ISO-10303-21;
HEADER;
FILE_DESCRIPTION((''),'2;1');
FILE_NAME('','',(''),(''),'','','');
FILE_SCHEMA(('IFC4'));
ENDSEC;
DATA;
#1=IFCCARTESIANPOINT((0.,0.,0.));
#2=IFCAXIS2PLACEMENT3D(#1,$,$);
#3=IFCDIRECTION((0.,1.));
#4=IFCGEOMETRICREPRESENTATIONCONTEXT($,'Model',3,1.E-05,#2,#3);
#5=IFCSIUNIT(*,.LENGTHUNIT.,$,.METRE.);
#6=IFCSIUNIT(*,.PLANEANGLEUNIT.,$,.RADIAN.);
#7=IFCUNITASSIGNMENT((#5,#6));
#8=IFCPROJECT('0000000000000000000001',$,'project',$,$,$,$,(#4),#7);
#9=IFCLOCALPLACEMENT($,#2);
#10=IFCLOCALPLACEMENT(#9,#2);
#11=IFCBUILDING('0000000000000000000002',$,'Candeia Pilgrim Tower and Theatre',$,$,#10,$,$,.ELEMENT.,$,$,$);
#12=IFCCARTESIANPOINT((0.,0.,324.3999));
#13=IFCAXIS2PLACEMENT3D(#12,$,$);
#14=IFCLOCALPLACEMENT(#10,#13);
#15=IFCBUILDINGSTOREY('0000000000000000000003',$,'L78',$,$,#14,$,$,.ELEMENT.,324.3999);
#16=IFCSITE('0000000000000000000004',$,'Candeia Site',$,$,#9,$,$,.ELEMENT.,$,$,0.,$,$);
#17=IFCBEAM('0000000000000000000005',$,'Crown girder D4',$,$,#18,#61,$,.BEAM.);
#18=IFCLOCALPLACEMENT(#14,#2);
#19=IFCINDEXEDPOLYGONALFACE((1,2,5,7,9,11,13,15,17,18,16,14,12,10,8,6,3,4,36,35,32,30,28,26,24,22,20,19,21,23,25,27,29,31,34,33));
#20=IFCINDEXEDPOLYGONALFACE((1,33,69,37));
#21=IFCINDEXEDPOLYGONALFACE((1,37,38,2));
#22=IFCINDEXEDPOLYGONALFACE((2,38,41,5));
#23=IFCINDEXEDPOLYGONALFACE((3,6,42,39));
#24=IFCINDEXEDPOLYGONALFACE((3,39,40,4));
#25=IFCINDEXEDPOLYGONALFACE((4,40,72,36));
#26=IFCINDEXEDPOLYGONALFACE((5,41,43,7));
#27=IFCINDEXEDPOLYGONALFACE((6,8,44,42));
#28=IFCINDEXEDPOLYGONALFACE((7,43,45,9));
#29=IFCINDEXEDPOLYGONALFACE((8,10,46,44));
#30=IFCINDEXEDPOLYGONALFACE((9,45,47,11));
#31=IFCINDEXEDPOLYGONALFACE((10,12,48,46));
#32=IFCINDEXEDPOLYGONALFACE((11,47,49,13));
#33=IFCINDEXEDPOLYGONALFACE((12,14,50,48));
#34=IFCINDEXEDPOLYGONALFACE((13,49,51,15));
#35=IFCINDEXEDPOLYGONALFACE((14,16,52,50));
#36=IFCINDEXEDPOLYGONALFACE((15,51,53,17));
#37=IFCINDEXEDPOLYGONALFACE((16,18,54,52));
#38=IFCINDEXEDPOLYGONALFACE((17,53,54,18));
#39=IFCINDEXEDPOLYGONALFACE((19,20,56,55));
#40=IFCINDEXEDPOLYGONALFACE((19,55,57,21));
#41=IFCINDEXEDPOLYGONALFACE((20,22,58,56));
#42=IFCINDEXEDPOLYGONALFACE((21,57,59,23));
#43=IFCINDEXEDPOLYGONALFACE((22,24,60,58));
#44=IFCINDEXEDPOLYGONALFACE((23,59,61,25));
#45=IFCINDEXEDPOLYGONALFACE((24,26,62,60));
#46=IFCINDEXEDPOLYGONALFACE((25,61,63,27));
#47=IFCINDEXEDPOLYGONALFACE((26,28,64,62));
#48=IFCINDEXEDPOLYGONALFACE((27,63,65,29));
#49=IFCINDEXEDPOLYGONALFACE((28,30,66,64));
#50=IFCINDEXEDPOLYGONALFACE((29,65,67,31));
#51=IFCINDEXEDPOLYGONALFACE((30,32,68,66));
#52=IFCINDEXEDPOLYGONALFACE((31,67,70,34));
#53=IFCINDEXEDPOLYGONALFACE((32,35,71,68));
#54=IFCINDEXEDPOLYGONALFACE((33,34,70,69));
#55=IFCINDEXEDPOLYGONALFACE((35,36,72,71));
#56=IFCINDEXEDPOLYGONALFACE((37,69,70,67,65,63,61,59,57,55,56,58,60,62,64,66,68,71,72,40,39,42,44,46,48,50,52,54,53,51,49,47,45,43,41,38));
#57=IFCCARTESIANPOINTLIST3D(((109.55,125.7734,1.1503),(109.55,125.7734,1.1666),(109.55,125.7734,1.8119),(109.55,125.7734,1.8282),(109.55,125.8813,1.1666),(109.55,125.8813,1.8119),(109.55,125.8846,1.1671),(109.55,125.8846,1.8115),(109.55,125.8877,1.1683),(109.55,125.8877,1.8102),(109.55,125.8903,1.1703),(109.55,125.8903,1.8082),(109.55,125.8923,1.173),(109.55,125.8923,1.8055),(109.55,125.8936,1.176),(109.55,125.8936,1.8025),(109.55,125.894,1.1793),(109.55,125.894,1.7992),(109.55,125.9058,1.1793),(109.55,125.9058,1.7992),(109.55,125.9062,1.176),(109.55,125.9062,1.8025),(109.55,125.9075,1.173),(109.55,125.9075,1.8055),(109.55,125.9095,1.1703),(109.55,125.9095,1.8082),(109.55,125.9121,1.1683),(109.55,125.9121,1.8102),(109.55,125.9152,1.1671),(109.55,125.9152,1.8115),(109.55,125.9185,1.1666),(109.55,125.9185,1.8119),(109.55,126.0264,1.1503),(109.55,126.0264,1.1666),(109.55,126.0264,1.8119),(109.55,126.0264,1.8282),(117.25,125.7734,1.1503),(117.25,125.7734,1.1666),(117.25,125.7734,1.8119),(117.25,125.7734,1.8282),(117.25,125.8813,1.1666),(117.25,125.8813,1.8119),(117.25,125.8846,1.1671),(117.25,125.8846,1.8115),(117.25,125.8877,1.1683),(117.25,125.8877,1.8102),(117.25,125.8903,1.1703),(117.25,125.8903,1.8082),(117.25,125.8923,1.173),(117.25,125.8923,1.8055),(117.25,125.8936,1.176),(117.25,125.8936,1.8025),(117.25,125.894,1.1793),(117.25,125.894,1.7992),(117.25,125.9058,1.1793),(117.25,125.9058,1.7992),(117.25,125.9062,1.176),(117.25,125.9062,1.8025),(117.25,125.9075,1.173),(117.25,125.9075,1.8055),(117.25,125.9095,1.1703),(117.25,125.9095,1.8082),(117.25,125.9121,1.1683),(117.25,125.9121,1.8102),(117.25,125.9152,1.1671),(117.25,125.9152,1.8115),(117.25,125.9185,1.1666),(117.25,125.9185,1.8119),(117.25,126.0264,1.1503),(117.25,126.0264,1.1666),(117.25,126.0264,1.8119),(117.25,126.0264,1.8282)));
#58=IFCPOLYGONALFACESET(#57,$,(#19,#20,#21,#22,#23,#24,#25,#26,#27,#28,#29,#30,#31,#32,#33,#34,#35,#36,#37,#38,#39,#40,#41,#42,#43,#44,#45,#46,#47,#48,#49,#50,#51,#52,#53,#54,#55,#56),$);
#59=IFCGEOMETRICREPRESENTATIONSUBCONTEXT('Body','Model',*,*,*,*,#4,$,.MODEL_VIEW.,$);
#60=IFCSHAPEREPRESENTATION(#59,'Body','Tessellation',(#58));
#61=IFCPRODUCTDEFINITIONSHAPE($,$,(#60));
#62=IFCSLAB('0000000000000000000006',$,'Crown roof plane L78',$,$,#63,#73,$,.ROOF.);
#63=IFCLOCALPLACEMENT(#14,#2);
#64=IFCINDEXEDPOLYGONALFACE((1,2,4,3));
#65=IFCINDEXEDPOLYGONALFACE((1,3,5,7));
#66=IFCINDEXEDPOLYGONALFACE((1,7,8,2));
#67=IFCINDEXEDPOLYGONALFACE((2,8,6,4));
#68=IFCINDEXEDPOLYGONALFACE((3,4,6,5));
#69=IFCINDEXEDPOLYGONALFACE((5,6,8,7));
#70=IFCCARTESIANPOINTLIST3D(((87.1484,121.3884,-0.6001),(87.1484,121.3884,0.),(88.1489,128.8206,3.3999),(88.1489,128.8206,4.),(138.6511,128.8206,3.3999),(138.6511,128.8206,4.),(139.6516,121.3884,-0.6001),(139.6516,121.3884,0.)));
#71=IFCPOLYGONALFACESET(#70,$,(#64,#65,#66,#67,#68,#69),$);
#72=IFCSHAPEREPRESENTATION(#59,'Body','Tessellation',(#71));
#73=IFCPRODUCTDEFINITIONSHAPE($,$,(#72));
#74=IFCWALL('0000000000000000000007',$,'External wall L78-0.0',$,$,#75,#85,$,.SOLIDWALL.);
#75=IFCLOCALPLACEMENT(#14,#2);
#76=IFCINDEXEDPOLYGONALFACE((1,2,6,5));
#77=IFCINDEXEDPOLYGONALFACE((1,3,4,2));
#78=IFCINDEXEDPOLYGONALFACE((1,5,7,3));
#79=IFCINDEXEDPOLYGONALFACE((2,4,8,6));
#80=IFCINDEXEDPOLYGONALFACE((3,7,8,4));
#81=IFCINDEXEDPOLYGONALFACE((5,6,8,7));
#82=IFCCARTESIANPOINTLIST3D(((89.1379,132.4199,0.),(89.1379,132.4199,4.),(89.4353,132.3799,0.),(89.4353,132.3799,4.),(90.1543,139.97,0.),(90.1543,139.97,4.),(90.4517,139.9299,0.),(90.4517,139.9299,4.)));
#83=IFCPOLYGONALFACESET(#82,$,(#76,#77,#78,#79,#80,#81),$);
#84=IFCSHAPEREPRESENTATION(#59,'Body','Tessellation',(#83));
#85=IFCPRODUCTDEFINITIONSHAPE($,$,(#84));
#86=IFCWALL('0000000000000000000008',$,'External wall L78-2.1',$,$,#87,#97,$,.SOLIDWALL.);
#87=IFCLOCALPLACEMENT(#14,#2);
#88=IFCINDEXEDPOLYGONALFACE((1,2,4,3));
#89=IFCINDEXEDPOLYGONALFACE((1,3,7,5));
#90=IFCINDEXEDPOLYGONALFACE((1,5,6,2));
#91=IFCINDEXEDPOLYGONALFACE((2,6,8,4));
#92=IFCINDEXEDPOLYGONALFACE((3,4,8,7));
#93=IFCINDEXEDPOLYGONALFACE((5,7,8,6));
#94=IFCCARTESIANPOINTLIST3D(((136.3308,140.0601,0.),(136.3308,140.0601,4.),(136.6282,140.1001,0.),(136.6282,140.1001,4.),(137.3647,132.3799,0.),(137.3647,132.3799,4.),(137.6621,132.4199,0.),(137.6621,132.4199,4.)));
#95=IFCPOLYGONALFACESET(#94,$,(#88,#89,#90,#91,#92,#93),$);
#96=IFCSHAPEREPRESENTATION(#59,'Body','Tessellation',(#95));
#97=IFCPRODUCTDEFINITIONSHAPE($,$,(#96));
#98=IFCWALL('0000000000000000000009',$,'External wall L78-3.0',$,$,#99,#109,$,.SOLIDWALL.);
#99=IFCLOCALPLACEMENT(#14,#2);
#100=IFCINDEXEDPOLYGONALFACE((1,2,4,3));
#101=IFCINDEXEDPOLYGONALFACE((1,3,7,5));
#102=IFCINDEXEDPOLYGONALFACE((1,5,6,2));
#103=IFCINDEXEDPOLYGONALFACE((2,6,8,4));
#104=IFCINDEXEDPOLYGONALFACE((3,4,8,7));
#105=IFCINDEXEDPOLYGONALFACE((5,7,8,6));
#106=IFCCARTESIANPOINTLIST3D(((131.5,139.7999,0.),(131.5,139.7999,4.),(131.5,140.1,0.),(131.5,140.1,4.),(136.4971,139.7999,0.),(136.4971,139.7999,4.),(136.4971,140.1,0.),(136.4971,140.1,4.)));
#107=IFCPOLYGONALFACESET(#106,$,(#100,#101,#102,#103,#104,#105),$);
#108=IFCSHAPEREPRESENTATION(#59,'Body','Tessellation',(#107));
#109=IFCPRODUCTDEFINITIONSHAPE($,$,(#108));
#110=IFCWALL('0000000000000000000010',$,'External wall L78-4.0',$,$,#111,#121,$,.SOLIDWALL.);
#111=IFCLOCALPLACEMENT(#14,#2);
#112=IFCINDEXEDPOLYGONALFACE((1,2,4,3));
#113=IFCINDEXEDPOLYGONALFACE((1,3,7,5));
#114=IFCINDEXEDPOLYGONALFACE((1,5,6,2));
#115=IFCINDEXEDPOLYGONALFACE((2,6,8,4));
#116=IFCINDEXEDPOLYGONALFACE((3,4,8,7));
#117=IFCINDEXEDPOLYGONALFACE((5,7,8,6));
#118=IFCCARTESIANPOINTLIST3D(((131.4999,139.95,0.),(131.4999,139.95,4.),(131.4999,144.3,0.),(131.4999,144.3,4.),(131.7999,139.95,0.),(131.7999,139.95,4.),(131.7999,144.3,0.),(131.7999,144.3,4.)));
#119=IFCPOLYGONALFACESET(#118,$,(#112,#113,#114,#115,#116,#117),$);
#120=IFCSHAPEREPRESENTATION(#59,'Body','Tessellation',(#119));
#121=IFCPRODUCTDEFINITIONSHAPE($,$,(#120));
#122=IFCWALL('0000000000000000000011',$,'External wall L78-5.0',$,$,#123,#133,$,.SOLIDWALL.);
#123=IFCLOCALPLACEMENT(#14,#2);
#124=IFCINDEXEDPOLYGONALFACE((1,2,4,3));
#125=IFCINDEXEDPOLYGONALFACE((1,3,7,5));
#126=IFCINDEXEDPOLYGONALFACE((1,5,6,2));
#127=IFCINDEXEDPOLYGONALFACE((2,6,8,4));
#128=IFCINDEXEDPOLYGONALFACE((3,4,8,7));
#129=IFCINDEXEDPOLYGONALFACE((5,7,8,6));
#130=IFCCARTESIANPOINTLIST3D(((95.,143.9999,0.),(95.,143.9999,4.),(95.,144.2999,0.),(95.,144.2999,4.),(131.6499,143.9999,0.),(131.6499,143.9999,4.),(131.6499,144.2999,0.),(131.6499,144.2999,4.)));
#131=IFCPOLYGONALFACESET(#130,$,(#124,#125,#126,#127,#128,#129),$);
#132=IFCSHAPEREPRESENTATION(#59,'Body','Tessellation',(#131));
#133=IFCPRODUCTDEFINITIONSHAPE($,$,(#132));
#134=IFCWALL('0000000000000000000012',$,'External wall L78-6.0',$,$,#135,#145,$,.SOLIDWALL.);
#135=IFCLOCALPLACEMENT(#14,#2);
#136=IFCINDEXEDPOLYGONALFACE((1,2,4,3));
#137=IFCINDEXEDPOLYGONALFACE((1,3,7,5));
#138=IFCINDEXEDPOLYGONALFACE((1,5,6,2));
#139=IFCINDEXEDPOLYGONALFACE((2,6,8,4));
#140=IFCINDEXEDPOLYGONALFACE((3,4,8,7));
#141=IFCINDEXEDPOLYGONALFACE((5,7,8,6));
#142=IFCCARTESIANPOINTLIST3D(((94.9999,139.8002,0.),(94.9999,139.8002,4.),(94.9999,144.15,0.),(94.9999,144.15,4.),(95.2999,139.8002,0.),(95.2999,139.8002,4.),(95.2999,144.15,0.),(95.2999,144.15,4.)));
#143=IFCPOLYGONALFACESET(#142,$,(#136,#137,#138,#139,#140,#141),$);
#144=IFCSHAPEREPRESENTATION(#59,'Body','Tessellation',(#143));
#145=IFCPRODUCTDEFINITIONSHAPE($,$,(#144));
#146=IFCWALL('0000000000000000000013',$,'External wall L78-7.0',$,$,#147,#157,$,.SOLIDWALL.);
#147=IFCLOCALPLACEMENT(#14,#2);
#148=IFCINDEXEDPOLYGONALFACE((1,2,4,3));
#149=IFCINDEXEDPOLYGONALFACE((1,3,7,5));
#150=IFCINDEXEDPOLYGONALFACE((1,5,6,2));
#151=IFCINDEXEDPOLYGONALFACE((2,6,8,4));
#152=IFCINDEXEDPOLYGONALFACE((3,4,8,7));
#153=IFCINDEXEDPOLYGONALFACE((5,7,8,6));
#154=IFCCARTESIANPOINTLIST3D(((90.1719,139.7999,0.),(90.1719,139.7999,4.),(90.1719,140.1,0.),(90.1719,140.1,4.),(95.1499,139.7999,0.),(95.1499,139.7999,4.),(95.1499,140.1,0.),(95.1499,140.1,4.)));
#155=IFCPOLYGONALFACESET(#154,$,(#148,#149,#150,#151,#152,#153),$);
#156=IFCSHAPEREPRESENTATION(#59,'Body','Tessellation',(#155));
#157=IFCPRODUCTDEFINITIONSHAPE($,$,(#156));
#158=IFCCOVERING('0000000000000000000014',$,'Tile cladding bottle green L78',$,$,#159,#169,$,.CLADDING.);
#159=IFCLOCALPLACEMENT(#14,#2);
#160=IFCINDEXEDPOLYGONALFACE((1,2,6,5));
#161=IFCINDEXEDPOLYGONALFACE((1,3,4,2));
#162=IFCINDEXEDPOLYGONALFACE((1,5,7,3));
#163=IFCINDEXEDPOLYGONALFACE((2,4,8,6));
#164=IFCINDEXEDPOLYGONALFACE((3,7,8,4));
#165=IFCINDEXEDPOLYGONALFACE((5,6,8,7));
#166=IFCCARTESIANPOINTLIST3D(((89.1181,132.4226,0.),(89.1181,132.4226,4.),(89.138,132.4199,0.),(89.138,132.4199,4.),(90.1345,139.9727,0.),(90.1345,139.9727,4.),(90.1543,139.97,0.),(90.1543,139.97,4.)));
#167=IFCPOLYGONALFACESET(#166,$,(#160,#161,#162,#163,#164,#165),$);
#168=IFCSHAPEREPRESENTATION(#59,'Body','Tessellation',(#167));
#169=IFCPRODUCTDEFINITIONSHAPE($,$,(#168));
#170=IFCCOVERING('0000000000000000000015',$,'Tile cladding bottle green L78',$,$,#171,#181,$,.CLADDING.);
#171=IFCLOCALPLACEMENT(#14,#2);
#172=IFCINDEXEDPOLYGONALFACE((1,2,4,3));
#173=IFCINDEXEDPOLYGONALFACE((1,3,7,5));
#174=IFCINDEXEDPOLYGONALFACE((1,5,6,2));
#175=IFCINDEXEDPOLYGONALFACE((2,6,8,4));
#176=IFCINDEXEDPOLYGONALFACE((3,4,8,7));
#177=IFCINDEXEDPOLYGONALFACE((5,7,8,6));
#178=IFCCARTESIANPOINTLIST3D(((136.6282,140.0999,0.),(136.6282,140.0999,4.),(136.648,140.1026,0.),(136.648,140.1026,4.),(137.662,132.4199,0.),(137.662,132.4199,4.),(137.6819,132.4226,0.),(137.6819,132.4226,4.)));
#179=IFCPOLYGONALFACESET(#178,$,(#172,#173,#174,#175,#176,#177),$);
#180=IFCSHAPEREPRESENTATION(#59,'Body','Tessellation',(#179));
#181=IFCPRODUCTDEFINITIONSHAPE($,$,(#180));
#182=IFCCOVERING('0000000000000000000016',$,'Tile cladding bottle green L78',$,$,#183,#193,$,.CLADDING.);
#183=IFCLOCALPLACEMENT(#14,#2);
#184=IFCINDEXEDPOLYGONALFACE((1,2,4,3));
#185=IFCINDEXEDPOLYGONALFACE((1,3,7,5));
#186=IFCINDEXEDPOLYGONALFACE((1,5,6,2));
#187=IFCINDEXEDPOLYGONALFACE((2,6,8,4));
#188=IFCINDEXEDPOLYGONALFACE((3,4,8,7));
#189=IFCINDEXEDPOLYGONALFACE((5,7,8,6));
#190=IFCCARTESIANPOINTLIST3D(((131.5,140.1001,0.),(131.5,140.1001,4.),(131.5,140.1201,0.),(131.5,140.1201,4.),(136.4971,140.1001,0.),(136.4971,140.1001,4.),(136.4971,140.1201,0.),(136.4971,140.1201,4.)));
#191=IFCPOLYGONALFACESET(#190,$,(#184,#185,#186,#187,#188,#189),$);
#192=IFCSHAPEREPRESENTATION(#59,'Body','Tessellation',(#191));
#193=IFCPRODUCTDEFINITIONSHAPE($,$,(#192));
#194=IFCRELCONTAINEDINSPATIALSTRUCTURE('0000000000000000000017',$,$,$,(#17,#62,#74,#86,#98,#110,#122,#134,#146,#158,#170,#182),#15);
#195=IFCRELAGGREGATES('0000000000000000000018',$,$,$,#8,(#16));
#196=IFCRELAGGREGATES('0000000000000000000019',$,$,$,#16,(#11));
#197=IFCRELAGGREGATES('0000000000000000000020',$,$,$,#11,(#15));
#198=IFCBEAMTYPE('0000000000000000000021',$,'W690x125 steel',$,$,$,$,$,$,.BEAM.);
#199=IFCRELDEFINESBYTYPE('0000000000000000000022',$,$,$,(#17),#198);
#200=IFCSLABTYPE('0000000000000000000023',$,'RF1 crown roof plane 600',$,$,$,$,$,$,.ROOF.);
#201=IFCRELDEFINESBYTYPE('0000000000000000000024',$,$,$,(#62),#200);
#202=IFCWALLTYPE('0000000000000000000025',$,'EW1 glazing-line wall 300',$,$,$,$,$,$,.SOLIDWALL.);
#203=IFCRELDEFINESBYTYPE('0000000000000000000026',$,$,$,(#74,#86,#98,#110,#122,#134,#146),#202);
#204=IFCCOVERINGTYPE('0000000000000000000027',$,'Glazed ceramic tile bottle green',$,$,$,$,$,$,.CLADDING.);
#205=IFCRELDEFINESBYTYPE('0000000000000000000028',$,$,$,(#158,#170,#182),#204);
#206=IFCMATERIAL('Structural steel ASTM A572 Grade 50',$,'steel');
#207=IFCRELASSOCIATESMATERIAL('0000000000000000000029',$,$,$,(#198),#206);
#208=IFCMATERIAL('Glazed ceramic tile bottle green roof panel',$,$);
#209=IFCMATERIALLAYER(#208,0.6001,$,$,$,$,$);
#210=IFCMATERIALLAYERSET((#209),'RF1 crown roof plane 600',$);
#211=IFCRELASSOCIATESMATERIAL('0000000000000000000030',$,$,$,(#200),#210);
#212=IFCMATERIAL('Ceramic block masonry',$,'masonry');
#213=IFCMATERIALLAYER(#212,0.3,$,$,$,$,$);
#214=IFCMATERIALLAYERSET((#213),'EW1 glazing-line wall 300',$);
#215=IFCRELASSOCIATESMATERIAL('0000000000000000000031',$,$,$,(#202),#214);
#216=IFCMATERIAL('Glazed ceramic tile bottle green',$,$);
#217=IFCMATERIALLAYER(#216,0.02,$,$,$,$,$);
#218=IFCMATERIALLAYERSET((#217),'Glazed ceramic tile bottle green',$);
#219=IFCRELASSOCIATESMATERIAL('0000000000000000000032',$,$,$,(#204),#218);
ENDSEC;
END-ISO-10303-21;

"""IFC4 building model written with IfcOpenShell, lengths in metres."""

from ifc_helpers import new_model, si_unit, direction, frame, frame_2d, origin, origin_2d, place, context, subcontext, project, spatial, polyline, rectangle, i_section, outline, extrude, material, layer, layer_set, material_profile, profile_set, type_object, element, save


model = new_model("IFC4")

# Units and contexts
model_context = context("Model", 3, precision=1e-05, world=origin(), true_north=direction((0.0, 1.0)))
body_context = subcontext(model_context, "Body", "Model", "MODEL_VIEW")
ifc_project = project(units=[si_unit("LENGTHUNIT", "METRE"), si_unit("PLANEANGLEUNIT", "RADIAN")], contexts=[model_context])

# Site, building, storey
site_placement = place(None, origin())
site = spatial("IfcSite", under=ifc_project, at=site_placement, Name="Candeia Site", CompositionType="ELEMENT", RefElevation=0.0)
building_placement = place(site_placement, origin())
building = spatial("IfcBuilding", under=site, at=building_placement, Name="Candeia Pilgrim Tower and Theatre", CompositionType="ELEMENT")
storey_placement = place(building_placement, frame((0.0, 0.0, 324.3999)))
storey = spatial("IfcBuildingStorey", under=building, at=storey_placement, Name="L78", CompositionType="ELEMENT", Elevation=324.3999)

# Beam
ifc_material_1 = material(Name="Structural steel ASTM A572 Grade 50", Category="steel")
ifc_material_profile_1 = material_profile(ifc_material_1, i_section(OverallWidth=0.2529, OverallDepth=0.678, WebThickness=0.0117, FlangeThickness=0.0164, FilletRadius=0.0127, at=origin_2d()))
ifc_profile_set_1 = profile_set([ifc_material_profile_1], Name="Structural steel ASTM A572 Grade 50")
beam_type = type_object("IfcBeamType", Name="W690x125 steel", PredefinedType="BEAM", material=ifc_profile_set_1)
beam_placement = place(storey_placement, frame((109.55, 125.8999, 1.4893), z_axis=(1.0, 0.0, 0.0), x_axis=(0.0, 1.0, 0.0)))
element("IfcBeam", 1, at=beam_placement, inside=storey, type_object=beam_type, Name="Crown girder D4", PredefinedType="BEAM", context=body_context, shape_type="SweptSolid", body=[
    extrude(i_section(OverallWidth=0.2529, OverallDepth=0.678, WebThickness=0.0117, FlangeThickness=0.0164, FilletRadius=0.0127, at=origin_2d()), origin(), (0.0, 0.0, 1.0), 7.7),
])

# Slab
ifc_material_2 = material(Name="Glazed ceramic tile bottle green roof panel")
ifc_layer_1 = layer(ifc_material_2, 0.6001)
ifc_layer_set_1 = layer_set([ifc_layer_1], Name="RF1 crown roof plane 600")
slab_type = type_object("IfcSlabType", Name="RF1 crown roof plane 600", PredefinedType="ROOF", material=ifc_layer_set_1)
slab_placement = place(storey_placement, frame((139.6516, 121.3884, 0.0), z_axis=(0.0, -0.473924, 0.880566), x_axis=(-0.117715, 0.874444, 0.470629)))
element("IfcSlab", 2, at=slab_placement, inside=storey, type_object=slab_type, Name="Crown roof plane L78", PredefinedType="ROOF", context=body_context, shape_type="SweptSolid", body=[
    extrude(outline(polyline([(0.0, 0.0), (8.4993, 0.0), (14.4441, 50.1511), (6.1804, 52.1381), (0.0, 0.0)])), origin(), (-0.470629, 0.055788, -0.880566), 0.6001),
])

# Walls
ifc_material_3 = material(Name="Ceramic block masonry", Category="masonry")
ifc_layer_2 = layer(ifc_material_3, 0.3)
ifc_layer_set_2 = layer_set([ifc_layer_2], Name="EW1 glazing-line wall 300")
wall_type = type_object("IfcWallType", Name="EW1 glazing-line wall 300", PredefinedType="SOLIDWALL", material=ifc_layer_set_2)
wall_1_placement = place(storey_placement, frame((90.303, 139.95, 0.0), z_axis=(0.0, 0.0, 1.0), x_axis=(-0.133413, -0.991061, 0.0)))
element("IfcWall", 3, at=wall_1_placement, inside=storey, type_object=wall_type, Name="External wall L78-0.0", PredefinedType="SOLIDWALL", context=body_context, shape_type="SweptSolid", body=[
    extrude(rectangle(XDim=7.6182, YDim=0.3, at=frame_2d((3.8091, 0.0))), origin(), (0.0, 0.0, 1.0), 4.0),
])
wall_2_placement = place(storey_placement, frame((137.5134, 132.3999, 0.0), z_axis=(0.0, 0.0, 1.0), x_axis=(-0.13342, 0.99106, 0.0)))
element("IfcWall", 4, at=wall_2_placement, inside=storey, type_object=wall_type, Name="External wall L78-2.1", PredefinedType="SOLIDWALL", context=body_context, shape_type="SweptSolid", body=[
    extrude(rectangle(XDim=7.7495, YDim=0.3, at=frame_2d((3.8748, 0.0))), origin(), (0.0, 0.0, 1.0), 4.0),
])
wall_3_placement = place(storey_placement, frame((136.4971, 139.95, 0.0), z_axis=(0.0, 0.0, 1.0), x_axis=(-1.0, 0.0, 0.0)))
element("IfcWall", 5, at=wall_3_placement, inside=storey, type_object=wall_type, Name="External wall L78-3.0", PredefinedType="SOLIDWALL", context=body_context, shape_type="SweptSolid", body=[
    extrude(rectangle(XDim=4.9971, YDim=0.3, at=frame_2d((2.4985, 0.0))), origin(), (0.0, 0.0, 1.0), 4.0),
])
wall_4_placement = place(storey_placement, frame((131.6499, 139.95, 0.0), z_axis=(0.0, 0.0, 1.0), x_axis=(0.0, 1.0, 0.0)))
element("IfcWall", 6, at=wall_4_placement, inside=storey, type_object=wall_type, Name="External wall L78-4.0", PredefinedType="SOLIDWALL", context=body_context, shape_type="SweptSolid", body=[
    extrude(rectangle(XDim=4.3501, YDim=0.3, at=frame_2d((2.175, 0.0))), origin(), (0.0, 0.0, 1.0), 4.0),
])
wall_5_placement = place(storey_placement, frame((131.6499, 144.1499, 0.0), z_axis=(0.0, 0.0, 1.0), x_axis=(-1.0, 0.0, 0.0)))
element("IfcWall", 7, at=wall_5_placement, inside=storey, type_object=wall_type, Name="External wall L78-5.0", PredefinedType="SOLIDWALL", context=body_context, shape_type="SweptSolid", body=[
    extrude(rectangle(XDim=36.6499, YDim=0.3, at=frame_2d((18.325, 0.0))), origin(), (0.0, 0.0, 1.0), 4.0),
])
wall_6_placement = place(storey_placement, frame((95.1499, 144.1499, 0.0), z_axis=(0.0, 0.0, 1.0), x_axis=(0.0, -1.0, 0.0)))
element("IfcWall", 8, at=wall_6_placement, inside=storey, type_object=wall_type, Name="External wall L78-6.0", PredefinedType="SOLIDWALL", context=body_context, shape_type="SweptSolid", body=[
    extrude(rectangle(XDim=4.3499, YDim=0.3, at=frame_2d((2.1748, 0.0))), origin(), (0.0, 0.0, 1.0), 4.0),
])
wall_7_placement = place(storey_placement, frame((95.1499, 139.95, 0.0), z_axis=(0.0, 0.0, 1.0), x_axis=(-1.0, 0.0, 0.0)))
element("IfcWall", 9, at=wall_7_placement, inside=storey, type_object=wall_type, Name="External wall L78-7.0", PredefinedType="SOLIDWALL", context=body_context, shape_type="SweptSolid", body=[
    extrude(rectangle(XDim=4.978, YDim=0.3, at=frame_2d((2.489, 0.0))), origin(), (0.0, 0.0, 1.0), 4.0),
])

# Coverings
ifc_material_4 = material(Name="Glazed ceramic tile bottle green")
ifc_layer_3 = layer(ifc_material_4, 0.02)
ifc_layer_set_3 = layer_set([ifc_layer_3], Name="Glazed ceramic tile bottle green")
covering_type = type_object("IfcCoveringType", Name="Glazed ceramic tile bottle green", PredefinedType="CLADDING", material=ifc_layer_set_3)
covering_1_placement = place(storey_placement, frame((89.6362, 136.1963, 0.0), z_axis=(0.0, 0.0, 1.0), x_axis=(-0.133412, -0.991061, 0.0)))
element("IfcCovering", 10, at=covering_1_placement, inside=storey, type_object=covering_type, Name="Tile cladding bottle green L78", PredefinedType="CLADDING", context=body_context, shape_type="SweptSolid", body=[
    extrude(rectangle(XDim=7.6182, YDim=0.02, at=origin_2d()), origin(), (0.0, 0.0, 1.0), 4.0),
])
covering_2_placement = place(storey_placement, frame((137.155, 136.2612, 0.0), z_axis=(0.0, 0.0, 1.0), x_axis=(-0.133412, 0.991061, 0.0)))
element("IfcCovering", 11, at=covering_2_placement, inside=storey, type_object=covering_type, Name="Tile cladding bottle green L78", PredefinedType="CLADDING", context=body_context, shape_type="SweptSolid", body=[
    extrude(rectangle(XDim=7.7493, YDim=0.02, at=origin_2d()), origin(), (0.0, 0.0, 1.0), 4.0),
])
covering_3_placement = place(storey_placement, frame((133.9985, 140.1101, 0.0), z_axis=(0.0, 0.0, 1.0), x_axis=(-1.0, 0.0, 0.0)))
element("IfcCovering", 12, at=covering_3_placement, inside=storey, type_object=covering_type, Name="Tile cladding bottle green L78", PredefinedType="CLADDING", context=body_context, shape_type="SweptSolid", body=[
    extrude(rectangle(XDim=4.9971, YDim=0.02, at=origin_2d()), origin(), (0.0, 0.0, 1.0), 4.0),
])

save(model, "model.ifc")
